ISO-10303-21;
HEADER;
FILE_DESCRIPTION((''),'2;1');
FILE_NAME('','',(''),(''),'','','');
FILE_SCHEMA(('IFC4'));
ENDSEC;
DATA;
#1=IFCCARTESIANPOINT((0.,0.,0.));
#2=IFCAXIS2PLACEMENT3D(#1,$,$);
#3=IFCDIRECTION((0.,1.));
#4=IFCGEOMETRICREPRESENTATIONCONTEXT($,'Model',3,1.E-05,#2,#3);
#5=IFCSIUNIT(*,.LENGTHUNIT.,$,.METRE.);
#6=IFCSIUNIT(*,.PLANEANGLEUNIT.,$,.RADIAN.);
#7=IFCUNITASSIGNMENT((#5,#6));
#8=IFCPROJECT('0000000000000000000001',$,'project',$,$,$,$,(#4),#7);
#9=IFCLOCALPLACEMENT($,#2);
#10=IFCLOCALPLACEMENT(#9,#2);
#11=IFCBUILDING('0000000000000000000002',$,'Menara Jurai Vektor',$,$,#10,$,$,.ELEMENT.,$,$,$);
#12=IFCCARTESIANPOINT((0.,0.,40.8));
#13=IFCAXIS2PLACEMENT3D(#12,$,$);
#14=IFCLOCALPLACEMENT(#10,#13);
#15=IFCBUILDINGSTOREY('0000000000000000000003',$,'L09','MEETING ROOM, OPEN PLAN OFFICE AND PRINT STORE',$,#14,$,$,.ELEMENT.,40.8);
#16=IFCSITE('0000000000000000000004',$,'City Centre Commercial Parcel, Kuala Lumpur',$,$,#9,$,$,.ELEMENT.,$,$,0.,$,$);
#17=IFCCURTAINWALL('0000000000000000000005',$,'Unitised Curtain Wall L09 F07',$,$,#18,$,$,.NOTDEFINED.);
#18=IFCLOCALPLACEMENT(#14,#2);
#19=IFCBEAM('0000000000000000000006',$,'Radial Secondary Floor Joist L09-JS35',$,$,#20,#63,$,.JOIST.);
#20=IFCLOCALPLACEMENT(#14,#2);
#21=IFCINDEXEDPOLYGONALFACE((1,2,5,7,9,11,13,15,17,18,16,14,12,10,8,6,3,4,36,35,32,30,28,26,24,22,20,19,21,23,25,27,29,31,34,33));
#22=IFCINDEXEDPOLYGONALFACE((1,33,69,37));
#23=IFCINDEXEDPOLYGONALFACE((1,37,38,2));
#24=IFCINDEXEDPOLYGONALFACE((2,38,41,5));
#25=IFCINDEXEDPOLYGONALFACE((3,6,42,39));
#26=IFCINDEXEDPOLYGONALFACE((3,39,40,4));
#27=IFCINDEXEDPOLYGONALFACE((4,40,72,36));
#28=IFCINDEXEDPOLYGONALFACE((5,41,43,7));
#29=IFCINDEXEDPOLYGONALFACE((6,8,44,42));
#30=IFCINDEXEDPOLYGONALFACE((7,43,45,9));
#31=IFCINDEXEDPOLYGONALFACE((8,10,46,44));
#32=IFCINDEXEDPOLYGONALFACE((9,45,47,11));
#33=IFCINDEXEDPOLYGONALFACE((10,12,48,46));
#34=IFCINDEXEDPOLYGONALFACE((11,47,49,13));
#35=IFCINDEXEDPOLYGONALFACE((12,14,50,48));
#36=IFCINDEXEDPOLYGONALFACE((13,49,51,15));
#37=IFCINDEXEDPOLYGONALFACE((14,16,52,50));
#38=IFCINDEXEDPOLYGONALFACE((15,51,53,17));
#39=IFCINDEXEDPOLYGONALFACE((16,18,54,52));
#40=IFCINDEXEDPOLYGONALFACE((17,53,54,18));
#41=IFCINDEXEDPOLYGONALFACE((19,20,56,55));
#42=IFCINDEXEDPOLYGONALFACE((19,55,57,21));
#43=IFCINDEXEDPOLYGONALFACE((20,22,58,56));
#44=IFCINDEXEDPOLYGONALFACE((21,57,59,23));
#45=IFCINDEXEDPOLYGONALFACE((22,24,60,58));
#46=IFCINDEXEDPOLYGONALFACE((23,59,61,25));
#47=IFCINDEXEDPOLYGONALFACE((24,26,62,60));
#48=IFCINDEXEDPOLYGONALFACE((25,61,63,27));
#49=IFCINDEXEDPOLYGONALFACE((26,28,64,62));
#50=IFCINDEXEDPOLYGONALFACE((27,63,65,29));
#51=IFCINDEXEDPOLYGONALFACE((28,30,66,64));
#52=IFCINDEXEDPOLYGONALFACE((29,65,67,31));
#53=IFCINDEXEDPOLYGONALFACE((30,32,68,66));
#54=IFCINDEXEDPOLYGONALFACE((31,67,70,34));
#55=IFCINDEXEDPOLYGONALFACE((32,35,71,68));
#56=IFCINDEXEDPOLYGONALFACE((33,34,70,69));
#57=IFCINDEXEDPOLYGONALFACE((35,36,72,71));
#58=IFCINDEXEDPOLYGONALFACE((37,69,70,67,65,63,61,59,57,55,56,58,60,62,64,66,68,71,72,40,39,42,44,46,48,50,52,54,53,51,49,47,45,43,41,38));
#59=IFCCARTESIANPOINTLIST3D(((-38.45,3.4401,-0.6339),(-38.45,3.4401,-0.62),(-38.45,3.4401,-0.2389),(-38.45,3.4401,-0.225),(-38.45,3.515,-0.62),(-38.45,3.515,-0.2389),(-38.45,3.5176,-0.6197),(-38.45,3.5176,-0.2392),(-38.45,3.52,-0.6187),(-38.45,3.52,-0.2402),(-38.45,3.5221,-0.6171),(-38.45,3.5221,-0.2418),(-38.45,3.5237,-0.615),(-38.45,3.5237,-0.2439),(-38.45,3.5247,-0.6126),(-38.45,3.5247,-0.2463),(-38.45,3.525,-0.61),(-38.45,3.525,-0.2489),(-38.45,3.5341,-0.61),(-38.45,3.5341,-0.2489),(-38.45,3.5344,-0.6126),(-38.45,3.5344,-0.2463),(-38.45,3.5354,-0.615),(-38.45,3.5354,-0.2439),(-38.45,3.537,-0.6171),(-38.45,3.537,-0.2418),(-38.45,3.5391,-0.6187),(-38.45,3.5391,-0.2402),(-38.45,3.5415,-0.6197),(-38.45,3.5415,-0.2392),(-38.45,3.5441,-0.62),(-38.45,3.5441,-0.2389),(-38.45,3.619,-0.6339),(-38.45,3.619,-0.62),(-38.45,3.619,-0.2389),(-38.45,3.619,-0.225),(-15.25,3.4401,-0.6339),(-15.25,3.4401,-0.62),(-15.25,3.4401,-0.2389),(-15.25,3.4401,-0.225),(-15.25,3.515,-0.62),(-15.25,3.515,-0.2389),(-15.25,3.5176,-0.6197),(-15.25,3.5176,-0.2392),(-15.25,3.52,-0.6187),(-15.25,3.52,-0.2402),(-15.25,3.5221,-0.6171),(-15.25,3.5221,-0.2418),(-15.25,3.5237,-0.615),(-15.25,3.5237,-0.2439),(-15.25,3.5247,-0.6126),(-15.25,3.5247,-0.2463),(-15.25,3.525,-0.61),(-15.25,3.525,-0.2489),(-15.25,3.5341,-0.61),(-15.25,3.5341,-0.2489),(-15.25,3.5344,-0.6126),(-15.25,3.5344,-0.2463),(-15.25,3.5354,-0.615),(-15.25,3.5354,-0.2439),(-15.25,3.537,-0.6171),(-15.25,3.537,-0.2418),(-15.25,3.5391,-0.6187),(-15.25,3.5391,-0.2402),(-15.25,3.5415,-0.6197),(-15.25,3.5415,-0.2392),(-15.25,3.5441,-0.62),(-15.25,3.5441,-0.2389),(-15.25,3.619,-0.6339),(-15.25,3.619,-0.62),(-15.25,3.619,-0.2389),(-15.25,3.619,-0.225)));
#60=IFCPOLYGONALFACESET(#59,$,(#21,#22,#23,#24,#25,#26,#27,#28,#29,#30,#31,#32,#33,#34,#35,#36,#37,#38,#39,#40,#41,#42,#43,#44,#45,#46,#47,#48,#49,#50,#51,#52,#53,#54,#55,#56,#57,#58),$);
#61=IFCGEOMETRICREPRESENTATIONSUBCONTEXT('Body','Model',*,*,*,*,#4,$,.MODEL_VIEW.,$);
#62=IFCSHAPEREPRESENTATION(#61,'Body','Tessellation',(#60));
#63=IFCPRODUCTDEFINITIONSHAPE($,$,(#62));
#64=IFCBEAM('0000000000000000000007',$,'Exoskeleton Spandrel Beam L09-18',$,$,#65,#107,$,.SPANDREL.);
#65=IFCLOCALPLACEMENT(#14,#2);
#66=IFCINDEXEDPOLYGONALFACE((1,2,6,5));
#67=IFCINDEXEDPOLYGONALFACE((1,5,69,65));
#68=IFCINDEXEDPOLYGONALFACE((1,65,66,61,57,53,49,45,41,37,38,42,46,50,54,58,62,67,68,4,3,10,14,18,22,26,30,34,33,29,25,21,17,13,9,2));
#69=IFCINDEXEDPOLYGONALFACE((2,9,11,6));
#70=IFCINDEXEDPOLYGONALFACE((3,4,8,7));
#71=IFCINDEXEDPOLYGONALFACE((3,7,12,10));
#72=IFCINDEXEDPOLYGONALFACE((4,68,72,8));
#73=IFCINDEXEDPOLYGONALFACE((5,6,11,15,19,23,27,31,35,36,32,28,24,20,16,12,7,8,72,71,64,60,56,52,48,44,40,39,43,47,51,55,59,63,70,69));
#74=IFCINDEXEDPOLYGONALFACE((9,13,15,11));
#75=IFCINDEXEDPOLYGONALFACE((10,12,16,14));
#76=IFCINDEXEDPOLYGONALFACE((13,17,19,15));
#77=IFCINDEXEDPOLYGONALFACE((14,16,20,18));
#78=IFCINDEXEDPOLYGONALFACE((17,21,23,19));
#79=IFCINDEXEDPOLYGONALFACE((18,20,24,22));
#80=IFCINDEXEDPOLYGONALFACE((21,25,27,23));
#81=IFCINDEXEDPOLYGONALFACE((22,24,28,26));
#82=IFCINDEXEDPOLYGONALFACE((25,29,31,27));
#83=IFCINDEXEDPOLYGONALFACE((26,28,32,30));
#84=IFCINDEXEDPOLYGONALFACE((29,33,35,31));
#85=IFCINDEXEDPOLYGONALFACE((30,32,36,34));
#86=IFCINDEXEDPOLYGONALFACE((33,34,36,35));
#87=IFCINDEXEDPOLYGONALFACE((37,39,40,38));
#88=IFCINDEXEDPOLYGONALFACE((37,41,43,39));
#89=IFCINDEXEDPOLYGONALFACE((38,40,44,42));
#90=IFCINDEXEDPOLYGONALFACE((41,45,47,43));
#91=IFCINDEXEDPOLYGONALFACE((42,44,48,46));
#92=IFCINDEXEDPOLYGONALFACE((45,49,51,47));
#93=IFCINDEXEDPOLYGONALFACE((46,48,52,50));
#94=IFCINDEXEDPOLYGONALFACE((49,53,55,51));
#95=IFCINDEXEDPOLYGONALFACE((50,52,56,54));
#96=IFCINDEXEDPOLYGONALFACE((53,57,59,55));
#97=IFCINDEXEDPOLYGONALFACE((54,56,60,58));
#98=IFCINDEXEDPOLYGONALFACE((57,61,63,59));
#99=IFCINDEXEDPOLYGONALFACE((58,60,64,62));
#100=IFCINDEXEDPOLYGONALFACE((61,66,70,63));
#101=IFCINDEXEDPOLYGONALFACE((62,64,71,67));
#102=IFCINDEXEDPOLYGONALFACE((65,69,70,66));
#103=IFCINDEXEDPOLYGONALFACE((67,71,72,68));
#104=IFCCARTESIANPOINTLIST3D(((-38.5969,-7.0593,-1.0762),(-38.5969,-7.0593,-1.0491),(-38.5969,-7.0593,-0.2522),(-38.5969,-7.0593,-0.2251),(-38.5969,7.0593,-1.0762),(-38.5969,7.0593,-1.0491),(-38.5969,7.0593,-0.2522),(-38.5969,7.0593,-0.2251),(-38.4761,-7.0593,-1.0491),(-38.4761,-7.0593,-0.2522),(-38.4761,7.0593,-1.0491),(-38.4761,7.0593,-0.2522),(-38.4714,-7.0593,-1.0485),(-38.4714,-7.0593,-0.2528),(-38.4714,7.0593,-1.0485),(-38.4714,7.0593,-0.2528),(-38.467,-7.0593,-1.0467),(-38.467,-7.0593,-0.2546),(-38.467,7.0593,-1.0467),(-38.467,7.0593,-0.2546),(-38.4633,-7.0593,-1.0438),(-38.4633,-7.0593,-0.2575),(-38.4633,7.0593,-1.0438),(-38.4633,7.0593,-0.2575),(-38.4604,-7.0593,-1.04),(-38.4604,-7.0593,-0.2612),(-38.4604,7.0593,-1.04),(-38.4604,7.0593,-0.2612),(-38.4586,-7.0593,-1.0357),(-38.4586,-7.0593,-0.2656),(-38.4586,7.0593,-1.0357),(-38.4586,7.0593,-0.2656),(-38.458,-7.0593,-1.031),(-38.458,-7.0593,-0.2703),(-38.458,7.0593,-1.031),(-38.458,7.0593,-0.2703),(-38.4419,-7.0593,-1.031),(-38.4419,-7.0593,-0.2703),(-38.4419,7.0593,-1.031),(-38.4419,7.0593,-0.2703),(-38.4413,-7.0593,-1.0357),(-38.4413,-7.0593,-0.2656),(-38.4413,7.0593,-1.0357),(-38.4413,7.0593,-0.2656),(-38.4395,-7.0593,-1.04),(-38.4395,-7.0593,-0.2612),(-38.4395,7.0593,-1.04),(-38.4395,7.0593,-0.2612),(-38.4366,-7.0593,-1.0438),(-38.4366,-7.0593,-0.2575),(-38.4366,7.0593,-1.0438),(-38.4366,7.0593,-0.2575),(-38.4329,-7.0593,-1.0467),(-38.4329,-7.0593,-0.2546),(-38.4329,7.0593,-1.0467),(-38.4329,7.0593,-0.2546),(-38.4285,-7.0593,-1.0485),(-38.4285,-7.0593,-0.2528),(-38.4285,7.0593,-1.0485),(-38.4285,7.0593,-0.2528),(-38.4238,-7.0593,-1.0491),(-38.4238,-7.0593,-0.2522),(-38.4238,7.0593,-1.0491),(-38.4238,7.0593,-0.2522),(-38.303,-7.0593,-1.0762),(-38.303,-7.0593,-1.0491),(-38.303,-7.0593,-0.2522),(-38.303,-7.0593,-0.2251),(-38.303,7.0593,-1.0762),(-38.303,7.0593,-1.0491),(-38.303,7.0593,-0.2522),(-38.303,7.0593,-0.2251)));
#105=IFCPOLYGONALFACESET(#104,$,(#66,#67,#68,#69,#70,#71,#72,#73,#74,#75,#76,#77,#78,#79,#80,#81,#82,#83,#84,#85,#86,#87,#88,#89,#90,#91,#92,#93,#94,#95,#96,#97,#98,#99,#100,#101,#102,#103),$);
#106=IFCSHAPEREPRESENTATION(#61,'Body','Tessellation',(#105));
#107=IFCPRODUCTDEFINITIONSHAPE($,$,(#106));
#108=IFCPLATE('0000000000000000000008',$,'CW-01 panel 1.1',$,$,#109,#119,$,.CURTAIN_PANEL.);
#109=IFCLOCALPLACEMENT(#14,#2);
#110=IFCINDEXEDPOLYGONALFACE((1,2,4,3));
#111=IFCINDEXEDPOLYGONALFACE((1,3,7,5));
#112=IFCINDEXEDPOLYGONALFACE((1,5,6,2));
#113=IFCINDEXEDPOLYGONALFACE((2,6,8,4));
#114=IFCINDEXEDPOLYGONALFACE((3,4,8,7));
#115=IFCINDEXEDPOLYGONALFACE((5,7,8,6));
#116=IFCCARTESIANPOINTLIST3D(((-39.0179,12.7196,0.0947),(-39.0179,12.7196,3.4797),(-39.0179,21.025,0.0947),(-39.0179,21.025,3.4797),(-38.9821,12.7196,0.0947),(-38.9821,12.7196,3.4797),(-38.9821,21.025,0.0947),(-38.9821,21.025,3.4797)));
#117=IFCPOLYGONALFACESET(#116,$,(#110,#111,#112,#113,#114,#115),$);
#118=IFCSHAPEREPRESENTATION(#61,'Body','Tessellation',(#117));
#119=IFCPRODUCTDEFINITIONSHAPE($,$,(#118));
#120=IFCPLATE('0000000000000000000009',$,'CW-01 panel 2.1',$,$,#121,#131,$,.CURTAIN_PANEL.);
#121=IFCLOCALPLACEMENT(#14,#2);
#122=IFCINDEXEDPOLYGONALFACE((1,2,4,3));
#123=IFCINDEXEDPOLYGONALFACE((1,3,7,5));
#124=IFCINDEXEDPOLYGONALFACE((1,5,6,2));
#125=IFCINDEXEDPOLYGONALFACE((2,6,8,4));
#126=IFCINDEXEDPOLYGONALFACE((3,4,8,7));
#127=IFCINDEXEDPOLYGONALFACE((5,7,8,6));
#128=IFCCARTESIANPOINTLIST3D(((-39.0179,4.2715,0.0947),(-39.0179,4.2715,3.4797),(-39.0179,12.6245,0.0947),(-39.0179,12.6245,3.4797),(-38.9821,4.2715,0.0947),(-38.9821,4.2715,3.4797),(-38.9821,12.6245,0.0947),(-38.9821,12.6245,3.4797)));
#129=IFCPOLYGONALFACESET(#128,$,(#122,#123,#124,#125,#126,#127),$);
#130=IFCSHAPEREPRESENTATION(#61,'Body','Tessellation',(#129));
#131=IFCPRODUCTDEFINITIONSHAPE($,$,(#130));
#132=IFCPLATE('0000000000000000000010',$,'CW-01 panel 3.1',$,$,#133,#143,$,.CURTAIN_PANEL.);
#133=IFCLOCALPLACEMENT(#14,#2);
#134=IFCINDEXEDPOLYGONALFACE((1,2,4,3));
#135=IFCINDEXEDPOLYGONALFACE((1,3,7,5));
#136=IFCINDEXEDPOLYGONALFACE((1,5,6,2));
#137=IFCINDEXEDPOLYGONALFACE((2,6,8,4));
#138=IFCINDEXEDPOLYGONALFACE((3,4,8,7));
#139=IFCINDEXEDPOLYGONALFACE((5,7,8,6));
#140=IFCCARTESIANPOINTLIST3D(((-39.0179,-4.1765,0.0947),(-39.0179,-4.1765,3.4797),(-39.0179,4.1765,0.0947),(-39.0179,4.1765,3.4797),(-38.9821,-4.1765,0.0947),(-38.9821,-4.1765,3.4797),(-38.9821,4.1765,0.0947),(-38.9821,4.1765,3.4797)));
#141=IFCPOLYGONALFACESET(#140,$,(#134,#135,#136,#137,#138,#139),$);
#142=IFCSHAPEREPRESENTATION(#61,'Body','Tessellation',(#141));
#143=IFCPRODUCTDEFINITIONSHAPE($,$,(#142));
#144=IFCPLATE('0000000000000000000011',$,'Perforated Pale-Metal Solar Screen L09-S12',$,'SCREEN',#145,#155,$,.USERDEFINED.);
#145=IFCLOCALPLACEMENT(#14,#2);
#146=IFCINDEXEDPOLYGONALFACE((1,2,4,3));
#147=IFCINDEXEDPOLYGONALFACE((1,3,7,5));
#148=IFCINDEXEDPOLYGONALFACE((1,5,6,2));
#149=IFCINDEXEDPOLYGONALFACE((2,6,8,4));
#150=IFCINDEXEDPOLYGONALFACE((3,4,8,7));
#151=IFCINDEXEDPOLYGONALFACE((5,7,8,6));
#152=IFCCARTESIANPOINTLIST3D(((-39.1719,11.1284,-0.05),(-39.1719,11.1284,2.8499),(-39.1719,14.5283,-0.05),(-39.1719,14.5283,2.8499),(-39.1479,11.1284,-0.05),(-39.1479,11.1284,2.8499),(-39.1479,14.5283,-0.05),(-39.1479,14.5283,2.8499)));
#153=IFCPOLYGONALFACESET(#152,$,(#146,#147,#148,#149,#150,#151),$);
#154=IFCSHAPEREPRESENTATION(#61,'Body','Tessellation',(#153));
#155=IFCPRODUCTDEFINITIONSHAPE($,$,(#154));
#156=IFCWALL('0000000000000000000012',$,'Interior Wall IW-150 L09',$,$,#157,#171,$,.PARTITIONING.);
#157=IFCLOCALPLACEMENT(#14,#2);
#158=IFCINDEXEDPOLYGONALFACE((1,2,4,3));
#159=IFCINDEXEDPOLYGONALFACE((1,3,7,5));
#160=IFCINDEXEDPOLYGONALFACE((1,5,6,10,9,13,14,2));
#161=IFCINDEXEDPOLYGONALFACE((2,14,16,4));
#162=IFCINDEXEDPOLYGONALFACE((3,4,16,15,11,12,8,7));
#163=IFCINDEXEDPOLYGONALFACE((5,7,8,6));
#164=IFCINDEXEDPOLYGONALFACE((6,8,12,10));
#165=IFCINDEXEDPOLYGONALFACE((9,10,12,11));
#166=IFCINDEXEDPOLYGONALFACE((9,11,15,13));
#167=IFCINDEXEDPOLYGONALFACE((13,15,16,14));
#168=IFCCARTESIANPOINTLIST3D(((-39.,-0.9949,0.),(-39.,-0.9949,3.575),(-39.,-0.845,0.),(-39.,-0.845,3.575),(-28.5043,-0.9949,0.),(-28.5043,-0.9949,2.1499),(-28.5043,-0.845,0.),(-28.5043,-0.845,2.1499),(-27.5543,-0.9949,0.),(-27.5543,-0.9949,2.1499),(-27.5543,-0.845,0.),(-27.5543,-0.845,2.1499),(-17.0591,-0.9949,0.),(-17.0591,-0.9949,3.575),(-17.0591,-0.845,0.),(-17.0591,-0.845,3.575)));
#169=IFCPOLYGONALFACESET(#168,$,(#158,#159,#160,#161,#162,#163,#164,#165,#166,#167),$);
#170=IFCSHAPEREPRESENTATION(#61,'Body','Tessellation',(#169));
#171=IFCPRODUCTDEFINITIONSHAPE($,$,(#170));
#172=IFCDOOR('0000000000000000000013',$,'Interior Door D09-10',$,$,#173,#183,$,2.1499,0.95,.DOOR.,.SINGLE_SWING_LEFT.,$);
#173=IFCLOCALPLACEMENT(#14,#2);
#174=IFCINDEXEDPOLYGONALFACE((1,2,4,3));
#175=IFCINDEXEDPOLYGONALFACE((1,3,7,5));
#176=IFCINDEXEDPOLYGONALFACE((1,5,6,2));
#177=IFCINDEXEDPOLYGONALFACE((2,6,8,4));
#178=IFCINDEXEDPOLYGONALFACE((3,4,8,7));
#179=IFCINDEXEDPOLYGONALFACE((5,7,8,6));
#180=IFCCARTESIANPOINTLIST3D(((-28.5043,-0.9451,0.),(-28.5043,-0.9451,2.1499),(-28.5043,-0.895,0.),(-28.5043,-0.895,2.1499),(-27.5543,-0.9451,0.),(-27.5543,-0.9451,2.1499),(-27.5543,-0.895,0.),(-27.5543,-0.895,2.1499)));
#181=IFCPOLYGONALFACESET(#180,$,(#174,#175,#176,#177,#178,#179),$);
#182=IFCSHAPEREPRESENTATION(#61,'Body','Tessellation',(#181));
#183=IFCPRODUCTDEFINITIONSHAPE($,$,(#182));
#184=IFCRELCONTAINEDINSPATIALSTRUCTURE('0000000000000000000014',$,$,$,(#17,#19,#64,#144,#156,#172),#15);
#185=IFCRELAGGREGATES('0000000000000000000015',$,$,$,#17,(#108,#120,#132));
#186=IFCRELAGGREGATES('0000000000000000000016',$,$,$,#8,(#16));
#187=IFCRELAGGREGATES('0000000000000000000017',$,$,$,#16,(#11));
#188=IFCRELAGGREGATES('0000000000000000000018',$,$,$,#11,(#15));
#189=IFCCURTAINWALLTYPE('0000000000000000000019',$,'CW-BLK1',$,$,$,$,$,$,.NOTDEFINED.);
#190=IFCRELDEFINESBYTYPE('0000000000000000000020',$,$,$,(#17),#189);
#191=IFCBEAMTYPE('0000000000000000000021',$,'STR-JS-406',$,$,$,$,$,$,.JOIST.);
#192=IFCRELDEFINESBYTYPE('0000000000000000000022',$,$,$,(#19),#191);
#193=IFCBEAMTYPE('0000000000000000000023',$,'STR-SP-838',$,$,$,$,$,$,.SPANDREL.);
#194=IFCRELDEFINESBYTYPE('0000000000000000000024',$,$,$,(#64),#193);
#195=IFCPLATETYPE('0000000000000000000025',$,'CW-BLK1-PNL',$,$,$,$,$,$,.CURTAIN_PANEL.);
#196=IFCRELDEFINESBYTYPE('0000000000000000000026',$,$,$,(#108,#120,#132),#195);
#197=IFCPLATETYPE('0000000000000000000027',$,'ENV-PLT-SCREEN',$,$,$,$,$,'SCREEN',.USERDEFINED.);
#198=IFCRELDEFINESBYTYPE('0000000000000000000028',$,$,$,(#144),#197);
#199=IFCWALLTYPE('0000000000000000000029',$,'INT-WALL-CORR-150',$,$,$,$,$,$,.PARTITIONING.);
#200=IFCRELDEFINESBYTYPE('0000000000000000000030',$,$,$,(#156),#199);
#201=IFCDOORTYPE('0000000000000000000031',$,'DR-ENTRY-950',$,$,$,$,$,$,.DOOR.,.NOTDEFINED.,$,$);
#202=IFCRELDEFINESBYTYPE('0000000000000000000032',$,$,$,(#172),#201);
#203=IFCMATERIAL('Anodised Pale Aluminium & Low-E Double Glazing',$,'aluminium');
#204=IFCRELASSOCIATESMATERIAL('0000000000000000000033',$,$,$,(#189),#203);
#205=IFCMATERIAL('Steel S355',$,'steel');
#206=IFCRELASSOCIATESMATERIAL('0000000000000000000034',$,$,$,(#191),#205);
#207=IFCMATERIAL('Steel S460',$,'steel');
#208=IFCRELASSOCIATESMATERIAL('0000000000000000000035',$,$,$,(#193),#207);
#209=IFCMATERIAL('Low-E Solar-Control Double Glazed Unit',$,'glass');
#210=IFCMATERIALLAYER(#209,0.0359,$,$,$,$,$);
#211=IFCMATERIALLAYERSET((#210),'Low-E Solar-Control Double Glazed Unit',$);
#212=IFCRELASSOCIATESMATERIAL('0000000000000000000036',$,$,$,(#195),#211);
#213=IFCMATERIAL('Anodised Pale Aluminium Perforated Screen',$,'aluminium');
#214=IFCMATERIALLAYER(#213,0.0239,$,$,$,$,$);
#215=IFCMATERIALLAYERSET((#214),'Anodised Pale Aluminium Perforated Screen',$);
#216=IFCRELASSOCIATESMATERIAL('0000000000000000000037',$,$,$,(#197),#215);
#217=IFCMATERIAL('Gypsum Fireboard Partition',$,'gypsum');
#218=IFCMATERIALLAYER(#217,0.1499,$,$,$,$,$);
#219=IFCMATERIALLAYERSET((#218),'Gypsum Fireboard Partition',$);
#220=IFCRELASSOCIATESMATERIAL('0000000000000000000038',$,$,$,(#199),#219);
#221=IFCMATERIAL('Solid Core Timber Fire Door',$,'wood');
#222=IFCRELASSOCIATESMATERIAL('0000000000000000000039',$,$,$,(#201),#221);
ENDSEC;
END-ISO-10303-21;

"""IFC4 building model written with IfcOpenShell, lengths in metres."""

from ifc_helpers import new_model, si_unit, direction, frame, frame_2d, origin, origin_2d, place, context, subcontext, project, spatial, rectangle, i_section, extrude, material, layer, layer_set, material_profile, profile_set, type_object, element, fill, aggregate, save


model = new_model("IFC4")

# Units and contexts
model_context = context("Model", 3, precision=1e-05, world=origin(), true_north=direction((0.0, 1.0)))
body_context = subcontext(model_context, "Body", "Model", "MODEL_VIEW")
ifc_project = project(units=[si_unit("LENGTHUNIT", "METRE"), si_unit("PLANEANGLEUNIT", "RADIAN")], contexts=[model_context])

# Site, building, storey
site_placement = place(None, origin())
site = spatial("IfcSite", under=ifc_project, at=site_placement, Name="City Centre Commercial Parcel, Kuala Lumpur", CompositionType="ELEMENT", RefElevation=0.0)
building_placement = place(site_placement, origin())
building = spatial("IfcBuilding", under=site, at=building_placement, Name="Menara Jurai Vektor", CompositionType="ELEMENT")
storey_placement = place(building_placement, frame((0.0, 0.0, 40.8)))
storey = spatial("IfcBuildingStorey", under=building, at=storey_placement, Name="L09", Description="MEETING ROOM, OPEN PLAN OFFICE AND PRINT STORE", CompositionType="ELEMENT", Elevation=40.8)

# Shared definitions
ifc_material_1 = material(Name="Steel S460", Category="steel")

# Curtain wall
ifc_material_2 = material(Name="Anodised Pale Aluminium & Low-E Double Glazing", Category="aluminium")
curtain_wall_type = type_object("IfcCurtainWallType", Name="CW-BLK1", PredefinedType="NOTDEFINED", material=ifc_material_2)
curtain_wall_placement = place(storey_placement, origin())
curtain_wall = element("IfcCurtainWall", 1, at=curtain_wall_placement, inside=storey, type_object=curtain_wall_type, Name="Unitised Curtain Wall L09 F07", PredefinedType="NOTDEFINED")

# Beams
ifc_material_3 = material(Name="Steel S355", Category="steel")
ifc_material_profile_1 = material_profile(ifc_material_3, i_section(OverallWidth=0.179, OverallDepth=0.4089, WebThickness=0.009, FlangeThickness=0.0139, FilletRadius=0.01, at=origin_2d()), Name="UKB 406x178x67")
ifc_profile_set_1 = profile_set([ifc_material_profile_1], Name="Steel S355")
beam_type_1 = type_object("IfcBeamType", Name="STR-JS-406", PredefinedType="JOIST", material=ifc_profile_set_1)
beam_1_placement = place(storey_placement, frame((-38.45, 3.5295, -0.4294), z_axis=(1.0, 0.0, 0.0), x_axis=(0.0, 1.0, 0.0)))
element("IfcBeam", 2, at=beam_1_placement, inside=storey, type_object=beam_type_1, Name="Radial Secondary Floor Joist L09-JS35", PredefinedType="JOIST", context=body_context, shape_type="SweptSolid", body=[
    extrude(i_section(OverallWidth=0.179, OverallDepth=0.4089, WebThickness=0.009, FlangeThickness=0.0139, FilletRadius=0.01, at=origin_2d()), origin(), (0.0, 0.0, 1.0), 23.2),
])
ifc_material_profile_2 = material_profile(ifc_material_1, i_section(OverallWidth=0.2939, OverallDepth=0.8511, WebThickness=0.0161, FlangeThickness=0.0271, FilletRadius=0.0181, at=origin_2d()), Name="UKB 838x292x226")
ifc_profile_set_2 = profile_set([ifc_material_profile_2], Name="Steel S460")
beam_type_2 = type_object("IfcBeamType", Name="STR-SP-838", PredefinedType="SPANDREL", material=ifc_profile_set_2)
beam_2_placement = place(storey_placement, frame((-38.45, 7.0593, -0.6506), z_axis=(0.0, -1.0, 0.0), x_axis=(1.0, 0.0, 0.0)))
element("IfcBeam", 3, at=beam_2_placement, inside=storey, type_object=beam_type_2, Name="Exoskeleton Spandrel Beam L09-18", PredefinedType="SPANDREL", context=body_context, shape_type="SweptSolid", body=[
    extrude(i_section(OverallWidth=0.2939, OverallDepth=0.8511, WebThickness=0.0161, FlangeThickness=0.0271, FilletRadius=0.0181, at=origin_2d()), origin(), (0.0, 0.0, 1.0), 14.1187),
])

# Plates
ifc_material_4 = material(Name="Low-E Solar-Control Double Glazed Unit", Category="glass")
ifc_layer_1 = layer(ifc_material_4, 0.0359)
ifc_layer_set_1 = layer_set([ifc_layer_1], Name="Low-E Solar-Control Double Glazed Unit")
plate_type_1 = type_object("IfcPlateType", Name="CW-BLK1-PNL", PredefinedType="CURTAIN_PANEL", material=ifc_layer_set_1)
plate_1_placement = place(storey_placement, frame((-39.0, 16.8723, 0.0947), z_axis=(0.0, 0.0, 1.0), x_axis=(0.0, -1.0, 0.0)))
plate_1 = element("IfcPlate", 4, at=plate_1_placement, type_object=plate_type_1, Name="CW-01 panel 1.1", PredefinedType="CURTAIN_PANEL", context=body_context, shape_type="SweptSolid", body=[
    extrude(rectangle(XDim=8.3054, YDim=0.0359, at=origin_2d()), origin(), (0.0, 0.0, 1.0), 3.385),
])
plate_2_placement = place(storey_placement, frame((-39.0, 8.448, 0.0947), z_axis=(0.0, 0.0, 1.0), x_axis=(0.0, -1.0, 0.0)))
plate_2 = element("IfcPlate", 5, at=plate_2_placement, type_object=plate_type_1, Name="CW-01 panel 2.1", PredefinedType="CURTAIN_PANEL", context=body_context, shape_type="SweptSolid", body=[
    extrude(rectangle(XDim=8.353, YDim=0.0359, at=origin_2d()), origin(), (0.0, 0.0, 1.0), 3.385),
])
plate_3_placement = place(storey_placement, frame((-39.0, 0.0, 0.0947), z_axis=(0.0, 0.0, 1.0), x_axis=(0.0, -1.0, 0.0)))
plate_3 = element("IfcPlate", 6, at=plate_3_placement, type_object=plate_type_1, Name="CW-01 panel 3.1", PredefinedType="CURTAIN_PANEL", context=body_context, shape_type="SweptSolid", body=[
    extrude(rectangle(XDim=8.353, YDim=0.0359, at=origin_2d()), origin(), (0.0, 0.0, 1.0), 3.385),
])
aggregate(curtain_wall, [plate_1, plate_2, plate_3])
ifc_material_5 = material(Name="Anodised Pale Aluminium Perforated Screen", Category="aluminium")
ifc_layer_2 = layer(ifc_material_5, 0.0239)
ifc_layer_set_2 = layer_set([ifc_layer_2], Name="Anodised Pale Aluminium Perforated Screen")
plate_type_2 = type_object("IfcPlateType", Name="ENV-PLT-SCREEN", ElementType="SCREEN", PredefinedType="USERDEFINED", material=ifc_layer_set_2)
plate_4_placement = place(storey_placement, frame((-39.1599, 12.8284, -0.05), z_axis=(0.0, 0.0, 1.0), x_axis=(0.0, -1.0, 0.0)))
element("IfcPlate", 7, at=plate_4_placement, inside=storey, type_object=plate_type_2, Name="Perforated Pale-Metal Solar Screen L09-S12", ObjectType="SCREEN", PredefinedType="USERDEFINED", context=body_context, shape_type="SweptSolid", body=[
    extrude(rectangle(XDim=3.3999, YDim=0.0239, at=origin_2d()), origin(), (0.0, 0.0, 1.0), 2.8999),
])

# Wall, opening, door
ifc_material_6 = material(Name="Gypsum Fireboard Partition", Category="gypsum")
ifc_layer_3 = layer(ifc_material_6, 0.1499)
ifc_layer_set_3 = layer_set([ifc_layer_3], Name="Gypsum Fireboard Partition")
wall_type_1 = type_object("IfcWallType", Name="INT-WALL-CORR-150", PredefinedType="PARTITIONING", material=ifc_layer_set_3)
wall_1_placement = place(storey_placement, frame((-39.0, -0.9199, 0.0), z_axis=(0.0, 0.0, 1.0), x_axis=(1.0, 0.0, 0.0)))
wall_1 = element("IfcWall", 8, at=wall_1_placement, inside=storey, type_object=wall_type_1, Name="Interior Wall IW-150 L09", PredefinedType="PARTITIONING", context=body_context, shape_type="SweptSolid", body=[
    extrude(rectangle(XDim=21.9409, YDim=0.1499, at=frame_2d((10.9705, 0.0))), origin(), (0.0, 0.0, 1.0), 3.575),
])
opening_1_placement = place(wall_1_placement, frame((10.4956, 0.0, 0.0)))
opening_1 = element("IfcOpeningElement", 9, at=opening_1_placement, cuts=wall_1, PredefinedType="OPENING", context=body_context, shape_type="SweptSolid", body=[
    extrude(rectangle(XDim=0.95, YDim=2.1499, at=frame_2d((0.4751, 1.075))), frame((0.0, 0.085, 0.0), z_axis=(0.0, -1.0, 0.0), x_axis=(1.0, 0.0, 0.0)), (0.0, 0.0, 1.0), 0.1699),
])
ifc_material_7 = material(Name="Solid Core Timber Fire Door", Category="wood")
door_type = type_object("IfcDoorType", Name="DR-ENTRY-950", OperationType="NOTDEFINED", PredefinedType="DOOR", material=ifc_material_7)
door_1_placement = place(opening_1_placement, origin())
door_1 = element("IfcDoor", 10, at=door_1_placement, inside=storey, type_object=door_type, Name="Interior Door D09-10", OperationType="SINGLE_SWING_LEFT", OverallHeight=2.1499, OverallWidth=0.95, PredefinedType="DOOR", context=body_context, shape_type="SweptSolid", body=[
    extrude(rectangle(XDim=0.95, YDim=2.1499, at=frame_2d((0.4751, 1.075))), frame((0.0, 0.0249, 0.0), z_axis=(0.0, -1.0, 0.0), x_axis=(1.0, 0.0, 0.0)), (0.0, 0.0, 1.0), 0.05),
])
fill(opening_1, door_1)

save(model, "model.ifc")
